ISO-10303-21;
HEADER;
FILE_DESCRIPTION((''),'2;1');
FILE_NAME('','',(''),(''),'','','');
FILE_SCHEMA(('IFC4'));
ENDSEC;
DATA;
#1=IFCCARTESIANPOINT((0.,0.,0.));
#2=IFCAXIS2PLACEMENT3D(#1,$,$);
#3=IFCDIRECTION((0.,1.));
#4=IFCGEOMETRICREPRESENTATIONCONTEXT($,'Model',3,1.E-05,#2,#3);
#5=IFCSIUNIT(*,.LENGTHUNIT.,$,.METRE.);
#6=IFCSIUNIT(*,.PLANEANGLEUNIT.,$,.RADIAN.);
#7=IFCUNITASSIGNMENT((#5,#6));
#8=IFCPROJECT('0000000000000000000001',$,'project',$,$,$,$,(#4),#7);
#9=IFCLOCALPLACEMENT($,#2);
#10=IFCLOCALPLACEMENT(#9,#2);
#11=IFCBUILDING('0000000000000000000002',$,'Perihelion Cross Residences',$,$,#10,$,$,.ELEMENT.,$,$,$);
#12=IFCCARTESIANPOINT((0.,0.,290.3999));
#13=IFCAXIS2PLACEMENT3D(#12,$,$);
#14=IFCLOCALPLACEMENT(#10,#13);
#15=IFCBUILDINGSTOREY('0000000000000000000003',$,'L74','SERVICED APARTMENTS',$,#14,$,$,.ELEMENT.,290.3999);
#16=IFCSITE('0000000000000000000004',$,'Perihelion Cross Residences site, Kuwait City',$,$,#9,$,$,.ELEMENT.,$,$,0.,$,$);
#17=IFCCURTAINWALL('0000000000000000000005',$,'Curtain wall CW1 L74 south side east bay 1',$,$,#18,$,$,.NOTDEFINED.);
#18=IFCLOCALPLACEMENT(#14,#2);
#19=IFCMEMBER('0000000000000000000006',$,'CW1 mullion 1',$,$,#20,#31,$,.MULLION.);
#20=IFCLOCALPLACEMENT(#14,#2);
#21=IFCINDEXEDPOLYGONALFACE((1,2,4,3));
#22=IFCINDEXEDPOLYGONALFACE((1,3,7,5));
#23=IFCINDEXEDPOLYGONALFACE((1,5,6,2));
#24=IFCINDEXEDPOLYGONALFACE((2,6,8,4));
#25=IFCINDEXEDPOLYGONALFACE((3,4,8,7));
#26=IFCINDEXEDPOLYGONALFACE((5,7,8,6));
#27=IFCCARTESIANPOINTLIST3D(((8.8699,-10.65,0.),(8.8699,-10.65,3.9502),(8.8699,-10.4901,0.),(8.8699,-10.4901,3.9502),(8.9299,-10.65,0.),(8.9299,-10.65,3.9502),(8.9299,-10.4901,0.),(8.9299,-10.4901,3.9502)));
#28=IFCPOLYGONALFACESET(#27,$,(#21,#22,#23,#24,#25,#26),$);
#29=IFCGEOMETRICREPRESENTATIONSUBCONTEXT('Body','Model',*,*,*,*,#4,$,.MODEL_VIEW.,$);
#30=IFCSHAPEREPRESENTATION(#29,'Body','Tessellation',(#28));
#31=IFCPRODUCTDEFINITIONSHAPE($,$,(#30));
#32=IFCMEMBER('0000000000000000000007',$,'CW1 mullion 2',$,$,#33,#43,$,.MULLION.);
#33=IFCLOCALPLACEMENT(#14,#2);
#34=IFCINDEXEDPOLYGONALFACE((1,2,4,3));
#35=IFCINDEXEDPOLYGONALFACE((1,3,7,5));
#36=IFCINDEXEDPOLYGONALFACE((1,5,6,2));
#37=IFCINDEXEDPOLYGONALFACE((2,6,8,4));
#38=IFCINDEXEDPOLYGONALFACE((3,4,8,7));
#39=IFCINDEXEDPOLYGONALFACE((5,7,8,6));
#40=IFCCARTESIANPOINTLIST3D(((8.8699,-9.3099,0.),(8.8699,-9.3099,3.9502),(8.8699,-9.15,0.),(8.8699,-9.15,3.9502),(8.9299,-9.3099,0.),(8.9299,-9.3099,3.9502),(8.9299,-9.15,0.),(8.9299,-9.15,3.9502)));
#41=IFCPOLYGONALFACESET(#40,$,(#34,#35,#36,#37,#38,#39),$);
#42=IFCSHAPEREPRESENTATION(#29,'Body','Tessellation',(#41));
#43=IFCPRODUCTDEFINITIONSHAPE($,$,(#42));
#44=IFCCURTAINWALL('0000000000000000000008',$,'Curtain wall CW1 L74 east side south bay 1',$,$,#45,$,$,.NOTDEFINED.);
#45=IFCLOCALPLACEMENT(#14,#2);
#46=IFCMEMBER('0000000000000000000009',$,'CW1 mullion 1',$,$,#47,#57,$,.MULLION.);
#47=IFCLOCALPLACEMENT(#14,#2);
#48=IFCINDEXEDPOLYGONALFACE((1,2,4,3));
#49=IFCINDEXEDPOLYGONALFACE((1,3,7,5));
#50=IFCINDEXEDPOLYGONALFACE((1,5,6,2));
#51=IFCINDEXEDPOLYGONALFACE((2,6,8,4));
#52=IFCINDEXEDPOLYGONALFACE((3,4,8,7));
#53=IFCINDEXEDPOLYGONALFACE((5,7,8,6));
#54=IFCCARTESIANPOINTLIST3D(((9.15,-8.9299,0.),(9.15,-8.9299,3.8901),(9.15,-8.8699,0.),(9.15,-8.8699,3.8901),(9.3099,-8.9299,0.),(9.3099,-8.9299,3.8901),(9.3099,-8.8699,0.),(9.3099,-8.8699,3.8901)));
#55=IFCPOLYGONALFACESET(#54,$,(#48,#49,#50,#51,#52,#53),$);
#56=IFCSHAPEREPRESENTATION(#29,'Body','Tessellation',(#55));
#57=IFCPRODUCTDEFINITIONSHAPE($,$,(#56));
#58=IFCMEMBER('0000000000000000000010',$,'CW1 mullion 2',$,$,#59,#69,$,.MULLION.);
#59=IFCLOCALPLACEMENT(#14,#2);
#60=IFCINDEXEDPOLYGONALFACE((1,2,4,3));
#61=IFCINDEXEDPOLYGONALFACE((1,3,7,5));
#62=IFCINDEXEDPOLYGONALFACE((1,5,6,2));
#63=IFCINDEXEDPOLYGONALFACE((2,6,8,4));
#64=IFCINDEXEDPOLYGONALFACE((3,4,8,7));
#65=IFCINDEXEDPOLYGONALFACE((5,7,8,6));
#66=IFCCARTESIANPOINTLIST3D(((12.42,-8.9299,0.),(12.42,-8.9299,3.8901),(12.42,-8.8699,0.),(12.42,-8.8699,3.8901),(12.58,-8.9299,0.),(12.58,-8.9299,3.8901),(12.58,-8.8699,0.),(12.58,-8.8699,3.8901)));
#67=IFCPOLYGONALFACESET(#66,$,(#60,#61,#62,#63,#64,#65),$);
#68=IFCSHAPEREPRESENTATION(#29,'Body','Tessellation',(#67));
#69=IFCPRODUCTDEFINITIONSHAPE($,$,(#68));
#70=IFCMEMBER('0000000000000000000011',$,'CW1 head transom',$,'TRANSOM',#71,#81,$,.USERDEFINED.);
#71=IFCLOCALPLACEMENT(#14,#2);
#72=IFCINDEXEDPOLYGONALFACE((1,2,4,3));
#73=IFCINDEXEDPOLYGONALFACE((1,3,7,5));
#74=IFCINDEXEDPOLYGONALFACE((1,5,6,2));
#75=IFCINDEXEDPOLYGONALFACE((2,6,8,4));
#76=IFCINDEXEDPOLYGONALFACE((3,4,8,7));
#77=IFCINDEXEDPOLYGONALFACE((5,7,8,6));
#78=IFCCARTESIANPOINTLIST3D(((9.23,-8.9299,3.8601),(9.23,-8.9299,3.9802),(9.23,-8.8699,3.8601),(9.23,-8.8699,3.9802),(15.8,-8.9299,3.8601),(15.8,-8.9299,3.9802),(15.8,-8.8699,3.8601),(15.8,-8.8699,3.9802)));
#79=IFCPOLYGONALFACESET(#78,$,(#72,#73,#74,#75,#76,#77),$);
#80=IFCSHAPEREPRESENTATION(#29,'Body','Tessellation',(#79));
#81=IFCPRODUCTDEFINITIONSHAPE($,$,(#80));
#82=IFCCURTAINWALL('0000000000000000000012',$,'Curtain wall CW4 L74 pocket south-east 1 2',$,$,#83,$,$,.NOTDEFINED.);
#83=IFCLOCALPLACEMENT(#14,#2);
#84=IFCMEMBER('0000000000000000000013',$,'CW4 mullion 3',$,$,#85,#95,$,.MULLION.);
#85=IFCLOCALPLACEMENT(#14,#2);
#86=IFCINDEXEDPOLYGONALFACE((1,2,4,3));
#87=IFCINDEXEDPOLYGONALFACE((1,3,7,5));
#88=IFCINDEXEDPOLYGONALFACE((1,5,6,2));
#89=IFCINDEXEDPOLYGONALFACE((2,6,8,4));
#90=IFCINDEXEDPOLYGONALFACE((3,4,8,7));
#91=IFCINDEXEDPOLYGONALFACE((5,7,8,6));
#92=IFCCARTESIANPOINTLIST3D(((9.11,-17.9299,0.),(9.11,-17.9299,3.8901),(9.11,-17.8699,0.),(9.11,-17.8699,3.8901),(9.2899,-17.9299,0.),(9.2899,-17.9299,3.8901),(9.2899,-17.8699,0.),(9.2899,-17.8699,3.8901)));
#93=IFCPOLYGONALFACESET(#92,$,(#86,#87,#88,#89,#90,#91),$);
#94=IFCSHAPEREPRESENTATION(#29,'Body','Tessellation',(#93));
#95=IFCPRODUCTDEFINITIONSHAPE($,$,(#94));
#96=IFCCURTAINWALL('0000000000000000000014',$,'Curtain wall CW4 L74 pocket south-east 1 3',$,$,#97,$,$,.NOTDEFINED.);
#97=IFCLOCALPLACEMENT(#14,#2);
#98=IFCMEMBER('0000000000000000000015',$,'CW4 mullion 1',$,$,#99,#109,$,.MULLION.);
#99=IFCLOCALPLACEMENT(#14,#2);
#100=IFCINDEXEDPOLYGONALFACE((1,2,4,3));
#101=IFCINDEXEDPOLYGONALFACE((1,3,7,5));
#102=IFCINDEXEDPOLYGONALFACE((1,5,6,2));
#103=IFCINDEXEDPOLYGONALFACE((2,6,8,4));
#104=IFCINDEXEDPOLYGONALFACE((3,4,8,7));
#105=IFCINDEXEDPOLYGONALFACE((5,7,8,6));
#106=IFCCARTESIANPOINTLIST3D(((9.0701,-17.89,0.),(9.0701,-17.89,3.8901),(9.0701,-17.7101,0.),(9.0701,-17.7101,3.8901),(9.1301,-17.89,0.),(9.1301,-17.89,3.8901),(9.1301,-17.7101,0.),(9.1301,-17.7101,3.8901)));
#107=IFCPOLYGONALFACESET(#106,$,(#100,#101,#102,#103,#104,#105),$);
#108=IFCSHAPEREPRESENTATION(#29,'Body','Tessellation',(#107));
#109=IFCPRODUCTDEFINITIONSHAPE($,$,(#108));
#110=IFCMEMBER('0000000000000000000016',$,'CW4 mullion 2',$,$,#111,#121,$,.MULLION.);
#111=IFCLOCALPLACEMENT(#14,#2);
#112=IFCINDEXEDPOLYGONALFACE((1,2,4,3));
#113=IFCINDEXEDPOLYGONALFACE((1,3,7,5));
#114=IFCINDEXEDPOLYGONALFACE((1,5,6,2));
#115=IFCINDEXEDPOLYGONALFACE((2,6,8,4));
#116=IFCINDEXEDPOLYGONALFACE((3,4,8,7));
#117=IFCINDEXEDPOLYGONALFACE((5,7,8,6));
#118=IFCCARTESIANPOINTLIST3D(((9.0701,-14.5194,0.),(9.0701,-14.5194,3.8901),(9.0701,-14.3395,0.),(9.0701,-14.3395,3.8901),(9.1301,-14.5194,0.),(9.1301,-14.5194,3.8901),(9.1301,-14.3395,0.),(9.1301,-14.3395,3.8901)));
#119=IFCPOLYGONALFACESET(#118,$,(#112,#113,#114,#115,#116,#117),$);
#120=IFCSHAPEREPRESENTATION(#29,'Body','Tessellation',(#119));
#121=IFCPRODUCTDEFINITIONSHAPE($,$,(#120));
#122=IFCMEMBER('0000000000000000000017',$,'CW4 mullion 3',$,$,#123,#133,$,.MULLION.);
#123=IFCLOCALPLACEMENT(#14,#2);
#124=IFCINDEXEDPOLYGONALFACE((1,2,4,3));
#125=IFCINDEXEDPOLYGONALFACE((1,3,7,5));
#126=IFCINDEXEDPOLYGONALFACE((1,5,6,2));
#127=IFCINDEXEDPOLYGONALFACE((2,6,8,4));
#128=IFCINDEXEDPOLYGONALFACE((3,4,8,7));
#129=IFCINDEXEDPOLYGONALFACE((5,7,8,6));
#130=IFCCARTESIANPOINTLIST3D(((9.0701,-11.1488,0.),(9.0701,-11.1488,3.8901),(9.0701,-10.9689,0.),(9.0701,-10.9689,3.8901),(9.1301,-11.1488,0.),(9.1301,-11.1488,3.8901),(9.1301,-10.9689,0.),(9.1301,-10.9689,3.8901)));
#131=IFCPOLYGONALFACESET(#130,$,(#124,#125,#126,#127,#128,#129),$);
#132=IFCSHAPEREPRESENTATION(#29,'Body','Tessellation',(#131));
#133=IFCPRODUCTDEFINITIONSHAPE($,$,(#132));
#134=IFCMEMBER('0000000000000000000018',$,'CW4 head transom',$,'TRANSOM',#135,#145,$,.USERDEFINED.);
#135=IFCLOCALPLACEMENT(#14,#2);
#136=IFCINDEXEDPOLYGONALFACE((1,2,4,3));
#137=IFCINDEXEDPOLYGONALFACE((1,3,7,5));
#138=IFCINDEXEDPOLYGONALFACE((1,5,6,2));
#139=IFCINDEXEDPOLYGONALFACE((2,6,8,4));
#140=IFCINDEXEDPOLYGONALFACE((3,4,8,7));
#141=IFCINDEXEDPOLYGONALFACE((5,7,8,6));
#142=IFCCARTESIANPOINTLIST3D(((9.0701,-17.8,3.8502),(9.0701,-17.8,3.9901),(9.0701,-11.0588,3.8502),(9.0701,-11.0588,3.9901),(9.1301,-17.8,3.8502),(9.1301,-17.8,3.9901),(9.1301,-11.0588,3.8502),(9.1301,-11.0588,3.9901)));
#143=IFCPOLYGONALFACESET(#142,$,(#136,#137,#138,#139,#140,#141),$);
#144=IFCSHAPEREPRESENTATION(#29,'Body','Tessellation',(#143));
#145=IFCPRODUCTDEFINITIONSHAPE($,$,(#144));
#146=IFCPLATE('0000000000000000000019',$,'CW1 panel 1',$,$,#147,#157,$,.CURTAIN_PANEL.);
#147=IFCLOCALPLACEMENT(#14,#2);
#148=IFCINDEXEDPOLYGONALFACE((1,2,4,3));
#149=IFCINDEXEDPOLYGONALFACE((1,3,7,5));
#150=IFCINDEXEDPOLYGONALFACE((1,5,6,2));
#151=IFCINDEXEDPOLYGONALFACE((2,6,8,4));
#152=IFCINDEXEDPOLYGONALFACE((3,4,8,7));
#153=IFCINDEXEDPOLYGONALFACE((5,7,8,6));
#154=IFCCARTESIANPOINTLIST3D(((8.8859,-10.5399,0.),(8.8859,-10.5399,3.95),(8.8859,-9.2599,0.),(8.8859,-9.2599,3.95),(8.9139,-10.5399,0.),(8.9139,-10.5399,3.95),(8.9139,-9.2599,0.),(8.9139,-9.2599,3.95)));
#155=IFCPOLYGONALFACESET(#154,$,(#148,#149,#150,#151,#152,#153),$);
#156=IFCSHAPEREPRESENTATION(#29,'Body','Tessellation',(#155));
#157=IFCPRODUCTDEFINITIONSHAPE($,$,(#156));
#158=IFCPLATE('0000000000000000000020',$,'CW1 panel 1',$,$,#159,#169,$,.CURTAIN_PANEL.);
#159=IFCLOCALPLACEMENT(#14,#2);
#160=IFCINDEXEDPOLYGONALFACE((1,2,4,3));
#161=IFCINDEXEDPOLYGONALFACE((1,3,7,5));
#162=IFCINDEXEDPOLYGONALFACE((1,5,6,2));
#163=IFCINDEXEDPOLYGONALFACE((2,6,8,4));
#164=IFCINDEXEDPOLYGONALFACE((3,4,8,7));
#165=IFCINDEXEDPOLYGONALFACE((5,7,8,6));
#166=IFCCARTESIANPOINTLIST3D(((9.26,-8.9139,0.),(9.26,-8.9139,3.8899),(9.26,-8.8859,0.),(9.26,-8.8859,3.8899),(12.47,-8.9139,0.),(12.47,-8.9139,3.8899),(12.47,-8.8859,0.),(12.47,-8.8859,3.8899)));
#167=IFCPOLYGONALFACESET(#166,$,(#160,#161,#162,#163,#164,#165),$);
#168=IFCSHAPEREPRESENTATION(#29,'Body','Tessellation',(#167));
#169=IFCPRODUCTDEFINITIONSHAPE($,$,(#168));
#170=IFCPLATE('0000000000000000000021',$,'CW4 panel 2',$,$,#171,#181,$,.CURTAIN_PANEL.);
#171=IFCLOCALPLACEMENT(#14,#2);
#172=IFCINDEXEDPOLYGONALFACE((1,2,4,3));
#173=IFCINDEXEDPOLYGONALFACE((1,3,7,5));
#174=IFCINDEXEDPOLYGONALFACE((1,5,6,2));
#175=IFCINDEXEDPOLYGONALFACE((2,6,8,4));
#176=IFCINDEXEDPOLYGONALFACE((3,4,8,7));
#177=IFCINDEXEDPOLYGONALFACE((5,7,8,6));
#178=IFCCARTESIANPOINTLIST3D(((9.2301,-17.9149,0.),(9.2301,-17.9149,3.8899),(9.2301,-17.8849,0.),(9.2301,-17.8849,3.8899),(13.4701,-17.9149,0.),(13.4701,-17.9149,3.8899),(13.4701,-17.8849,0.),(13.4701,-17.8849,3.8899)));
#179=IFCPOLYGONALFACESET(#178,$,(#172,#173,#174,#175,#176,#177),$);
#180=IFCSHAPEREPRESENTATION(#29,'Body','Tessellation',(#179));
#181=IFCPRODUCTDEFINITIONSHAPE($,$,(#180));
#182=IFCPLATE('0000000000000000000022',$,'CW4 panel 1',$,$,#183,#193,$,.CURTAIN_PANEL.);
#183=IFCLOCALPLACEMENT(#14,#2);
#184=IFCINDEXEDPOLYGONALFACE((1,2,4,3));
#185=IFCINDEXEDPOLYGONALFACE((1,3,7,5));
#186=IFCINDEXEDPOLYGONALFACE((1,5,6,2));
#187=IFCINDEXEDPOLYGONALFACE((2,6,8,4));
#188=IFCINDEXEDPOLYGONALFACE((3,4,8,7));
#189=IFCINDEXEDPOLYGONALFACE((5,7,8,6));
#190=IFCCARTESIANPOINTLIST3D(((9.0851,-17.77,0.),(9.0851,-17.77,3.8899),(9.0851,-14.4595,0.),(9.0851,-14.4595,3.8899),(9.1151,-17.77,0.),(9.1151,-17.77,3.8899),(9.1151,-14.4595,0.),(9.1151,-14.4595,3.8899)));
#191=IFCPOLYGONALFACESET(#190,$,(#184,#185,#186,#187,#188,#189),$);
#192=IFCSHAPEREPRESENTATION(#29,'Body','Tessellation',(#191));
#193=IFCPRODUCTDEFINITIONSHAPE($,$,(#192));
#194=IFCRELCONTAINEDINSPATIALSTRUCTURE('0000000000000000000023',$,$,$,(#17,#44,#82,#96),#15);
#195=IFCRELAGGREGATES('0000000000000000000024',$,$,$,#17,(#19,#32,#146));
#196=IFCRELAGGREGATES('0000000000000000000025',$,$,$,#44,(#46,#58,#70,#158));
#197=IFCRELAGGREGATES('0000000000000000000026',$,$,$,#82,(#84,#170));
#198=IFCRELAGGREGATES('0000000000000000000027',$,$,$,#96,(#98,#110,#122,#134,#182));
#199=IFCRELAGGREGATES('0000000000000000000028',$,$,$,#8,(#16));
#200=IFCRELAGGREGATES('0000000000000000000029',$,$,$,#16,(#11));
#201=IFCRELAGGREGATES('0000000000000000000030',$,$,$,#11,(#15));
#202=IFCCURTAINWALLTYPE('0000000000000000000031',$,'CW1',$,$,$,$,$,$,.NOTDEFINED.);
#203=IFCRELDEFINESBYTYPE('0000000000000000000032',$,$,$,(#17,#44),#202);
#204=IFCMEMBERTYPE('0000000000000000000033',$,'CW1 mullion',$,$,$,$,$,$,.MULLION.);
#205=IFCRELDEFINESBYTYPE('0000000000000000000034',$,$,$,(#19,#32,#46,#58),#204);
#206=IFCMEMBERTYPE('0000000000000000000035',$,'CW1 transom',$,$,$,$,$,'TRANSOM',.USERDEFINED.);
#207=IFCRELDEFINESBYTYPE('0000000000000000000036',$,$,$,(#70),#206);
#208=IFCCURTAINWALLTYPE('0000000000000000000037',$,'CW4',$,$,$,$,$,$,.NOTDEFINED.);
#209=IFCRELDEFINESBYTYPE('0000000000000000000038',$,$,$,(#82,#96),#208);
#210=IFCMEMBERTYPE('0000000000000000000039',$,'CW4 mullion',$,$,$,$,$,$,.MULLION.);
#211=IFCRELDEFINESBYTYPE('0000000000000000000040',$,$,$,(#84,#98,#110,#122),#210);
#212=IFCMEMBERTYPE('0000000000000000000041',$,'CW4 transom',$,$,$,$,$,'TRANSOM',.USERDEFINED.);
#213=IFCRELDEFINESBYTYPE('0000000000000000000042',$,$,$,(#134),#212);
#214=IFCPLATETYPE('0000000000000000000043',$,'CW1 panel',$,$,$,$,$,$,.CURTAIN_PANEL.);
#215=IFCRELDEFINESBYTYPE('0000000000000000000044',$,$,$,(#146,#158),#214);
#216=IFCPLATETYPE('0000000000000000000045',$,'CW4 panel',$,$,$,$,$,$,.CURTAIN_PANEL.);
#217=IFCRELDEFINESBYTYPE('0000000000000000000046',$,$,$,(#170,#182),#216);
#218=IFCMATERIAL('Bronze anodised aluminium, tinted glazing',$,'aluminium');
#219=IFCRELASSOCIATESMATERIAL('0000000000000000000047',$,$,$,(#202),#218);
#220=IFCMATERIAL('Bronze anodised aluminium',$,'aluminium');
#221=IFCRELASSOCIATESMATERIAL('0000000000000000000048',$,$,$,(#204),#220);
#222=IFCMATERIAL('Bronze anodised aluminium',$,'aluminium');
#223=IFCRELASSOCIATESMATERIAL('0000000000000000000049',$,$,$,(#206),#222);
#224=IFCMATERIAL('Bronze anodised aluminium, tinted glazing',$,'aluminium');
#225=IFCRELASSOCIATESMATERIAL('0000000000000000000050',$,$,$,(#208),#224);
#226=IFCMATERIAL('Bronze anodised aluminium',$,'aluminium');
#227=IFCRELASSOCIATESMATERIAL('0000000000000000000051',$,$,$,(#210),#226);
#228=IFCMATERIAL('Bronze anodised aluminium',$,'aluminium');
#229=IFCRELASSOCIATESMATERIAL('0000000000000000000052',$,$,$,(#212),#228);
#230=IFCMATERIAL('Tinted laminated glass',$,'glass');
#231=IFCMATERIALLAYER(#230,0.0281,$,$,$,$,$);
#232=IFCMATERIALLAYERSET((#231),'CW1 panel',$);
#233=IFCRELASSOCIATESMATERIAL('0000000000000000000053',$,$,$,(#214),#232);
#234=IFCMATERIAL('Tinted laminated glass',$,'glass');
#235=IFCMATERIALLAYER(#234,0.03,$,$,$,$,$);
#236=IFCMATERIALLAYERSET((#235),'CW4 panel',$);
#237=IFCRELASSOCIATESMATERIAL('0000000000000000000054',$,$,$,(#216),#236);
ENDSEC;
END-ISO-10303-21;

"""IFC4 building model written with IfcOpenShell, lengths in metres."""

from ifc_helpers import new_model, si_unit, direction, frame, origin, origin_2d, place, context, subcontext, project, spatial, rectangle, extrude, material, layer, layer_set, material_profile, profile_set, type_object, element, aggregate, save


model = new_model("IFC4")

# Units and contexts
model_context = context("Model", 3, precision=1e-05, world=origin(), true_north=direction((0.0, 1.0)))
body_context = subcontext(model_context, "Body", "Model", "MODEL_VIEW")
ifc_project = project(units=[si_unit("LENGTHUNIT", "METRE"), si_unit("PLANEANGLEUNIT", "RADIAN")], contexts=[model_context])

# Site, building, storey
site_placement = place(None, origin())
site = spatial("IfcSite", under=ifc_project, at=site_placement, Name="Perihelion Cross Residences site, Kuwait City", CompositionType="ELEMENT", RefElevation=0.0)
building_placement = place(site_placement, origin())
building = spatial("IfcBuilding", under=site, at=building_placement, Name="Perihelion Cross Residences", CompositionType="ELEMENT")
storey_placement = place(building_placement, frame((0.0, 0.0, 290.3999)))
storey = spatial("IfcBuildingStorey", under=building, at=storey_placement, Name="L74", Description="SERVICED APARTMENTS", CompositionType="ELEMENT", Elevation=290.3999)

# Curtain walls, members
ifc_material_1 = material(Name="Bronze anodised aluminium, tinted glazing", Category="aluminium")
curtain_wall_type_1 = type_object("IfcCurtainWallType", Name="CW1", PredefinedType="NOTDEFINED", material=ifc_material_1)
curtain_wall_1_placement = place(storey_placement, origin())
curtain_wall_1 = element("IfcCurtainWall", 1, at=curtain_wall_1_placement, inside=storey, type_object=curtain_wall_type_1, Name="Curtain wall CW1 L74 south side east bay 1", PredefinedType="NOTDEFINED")
ifc_material_2 = material(Name="Bronze anodised aluminium", Category="aluminium")
ifc_material_profile_1 = material_profile(ifc_material_2, rectangle(XDim=0.0601, YDim=0.1599, at=origin_2d()), Name="CW1 mullion")
ifc_profile_set_1 = profile_set([ifc_material_profile_1], Name="Bronze anodised aluminium")
member_type_1 = type_object("IfcMemberType", Name="CW1 mullion", PredefinedType="MULLION", material=ifc_profile_set_1)
member_1_placement = place(storey_placement, frame((8.8999, -10.5701, 0.0), z_axis=(0.0, 0.0, 1.0), x_axis=(-1.0, 0.0, 0.0)))
member_1 = element("IfcMember", 2, at=member_1_placement, type_object=member_type_1, Name="CW1 mullion 1", PredefinedType="MULLION", context=body_context, shape_type="SweptSolid", body=[
    extrude(rectangle(XDim=0.0601, YDim=0.1599, at=origin_2d()), origin(), (0.0, 0.0, 1.0), 3.9502),
])
member_2_placement = place(storey_placement, frame((8.8999, -9.23, 0.0), z_axis=(0.0, 0.0, 1.0), x_axis=(-1.0, 0.0, 0.0)))
member_2 = element("IfcMember", 3, at=member_2_placement, type_object=member_type_1, Name="CW1 mullion 2", PredefinedType="MULLION", context=body_context, shape_type="SweptSolid", body=[
    extrude(rectangle(XDim=0.0601, YDim=0.1599, at=origin_2d()), origin(), (0.0, 0.0, 1.0), 3.9502),
])
curtain_wall_2_placement = place(storey_placement, origin())
curtain_wall_2 = element("IfcCurtainWall", 4, at=curtain_wall_2_placement, inside=storey, type_object=curtain_wall_type_1, Name="Curtain wall CW1 L74 east side south bay 1", PredefinedType="NOTDEFINED")
member_3_placement = place(storey_placement, frame((9.23, -8.8999, 0.0), z_axis=(0.0, 0.0, 1.0), x_axis=(0.0, 1.0, 0.0)))
member_3 = element("IfcMember", 5, at=member_3_placement, type_object=member_type_1, Name="CW1 mullion 1", PredefinedType="MULLION", context=body_context, shape_type="SweptSolid", body=[
    extrude(rectangle(XDim=0.0601, YDim=0.1599, at=origin_2d()), origin(), (0.0, 0.0, 1.0), 3.8901),
])
member_4_placement = place(storey_placement, frame((12.5, -8.8999, 0.0), z_axis=(0.0, 0.0, 1.0), x_axis=(0.0, 1.0, 0.0)))
member_4 = element("IfcMember", 6, at=member_4_placement, type_object=member_type_1, Name="CW1 mullion 2", PredefinedType="MULLION", context=body_context, shape_type="SweptSolid", body=[
    extrude(rectangle(XDim=0.0601, YDim=0.1599, at=origin_2d()), origin(), (0.0, 0.0, 1.0), 3.8901),
])
ifc_material_3 = material(Name="Bronze anodised aluminium", Category="aluminium")
ifc_material_profile_2 = material_profile(ifc_material_3, rectangle(XDim=0.0601, YDim=0.1201, at=origin_2d()), Name="CW1 transom")
ifc_profile_set_2 = profile_set([ifc_material_profile_2], Name="Bronze anodised aluminium")
member_type_2 = type_object("IfcMemberType", Name="CW1 transom", ElementType="TRANSOM", PredefinedType="USERDEFINED", material=ifc_profile_set_2)
member_5_placement = place(storey_placement, frame((9.23, -8.8999, 3.9202), z_axis=(1.0, 0.0, 0.0), x_axis=(0.0, 1.0, 0.0)))
member_5 = element("IfcMember", 7, at=member_5_placement, type_object=member_type_2, Name="CW1 head transom", ObjectType="TRANSOM", PredefinedType="USERDEFINED", context=body_context, shape_type="SweptSolid", body=[
    extrude(rectangle(XDim=0.0601, YDim=0.1201, at=origin_2d()), origin(), (0.0, 0.0, 1.0), 6.5701),
])

# Curtain wall, member
ifc_material_4 = material(Name="Bronze anodised aluminium, tinted glazing", Category="aluminium")
curtain_wall_type_2 = type_object("IfcCurtainWallType", Name="CW4", PredefinedType="NOTDEFINED", material=ifc_material_4)
curtain_wall_3_placement = place(storey_placement, origin())
curtain_wall_3 = element("IfcCurtainWall", 8, at=curtain_wall_3_placement, inside=storey, type_object=curtain_wall_type_2, Name="Curtain wall CW4 L74 pocket south-east 1 2", PredefinedType="NOTDEFINED")
ifc_material_5 = material(Name="Bronze anodised aluminium", Category="aluminium")
ifc_material_profile_3 = material_profile(ifc_material_5, rectangle(XDim=0.0601, YDim=0.1799, at=origin_2d()), Name="CW4 mullion")
ifc_profile_set_3 = profile_set([ifc_material_profile_3], Name="Bronze anodised aluminium")
member_type_3 = type_object("IfcMemberType", Name="CW4 mullion", PredefinedType="MULLION", material=ifc_profile_set_3)
member_6_placement = place(storey_placement, frame((9.2, -17.8999, 0.0), z_axis=(0.0, 0.0, 1.0), x_axis=(0.0, -1.0, 0.0)))
member_6 = element("IfcMember", 9, at=member_6_placement, type_object=member_type_3, Name="CW4 mullion 3", PredefinedType="MULLION", context=body_context, shape_type="SweptSolid", body=[
    extrude(rectangle(XDim=0.0601, YDim=0.1799, at=origin_2d()), origin(), (0.0, 0.0, 1.0), 3.8901),
])

# Curtain wall, members
curtain_wall_4_placement = place(storey_placement, origin())
curtain_wall_4 = element("IfcCurtainWall", 10, at=curtain_wall_4_placement, inside=storey, type_object=curtain_wall_type_2, Name="Curtain wall CW4 L74 pocket south-east 1 3", PredefinedType="NOTDEFINED")
member_7_placement = place(storey_placement, frame((9.1001, -17.8, 0.0), z_axis=(0.0, 0.0, 1.0), x_axis=(-1.0, 0.0, 0.0)))
member_7 = element("IfcMember", 11, at=member_7_placement, type_object=member_type_3, Name="CW4 mullion 1", PredefinedType="MULLION", context=body_context, shape_type="SweptSolid", body=[
    extrude(rectangle(XDim=0.0601, YDim=0.1799, at=origin_2d()), origin(), (0.0, 0.0, 1.0), 3.8901),
])
member_8_placement = place(storey_placement, frame((9.1001, -14.4294, 0.0), z_axis=(0.0, 0.0, 1.0), x_axis=(-1.0, 0.0, 0.0)))
member_8 = element("IfcMember", 12, at=member_8_placement, type_object=member_type_3, Name="CW4 mullion 2", PredefinedType="MULLION", context=body_context, shape_type="SweptSolid", body=[
    extrude(rectangle(XDim=0.0601, YDim=0.1799, at=origin_2d()), origin(), (0.0, 0.0, 1.0), 3.8901),
])
member_9_placement = place(storey_placement, frame((9.1001, -11.0588, 0.0), z_axis=(0.0, 0.0, 1.0), x_axis=(-1.0, 0.0, 0.0)))
member_9 = element("IfcMember", 13, at=member_9_placement, type_object=member_type_3, Name="CW4 mullion 3", PredefinedType="MULLION", context=body_context, shape_type="SweptSolid", body=[
    extrude(rectangle(XDim=0.0601, YDim=0.1799, at=origin_2d()), origin(), (0.0, 0.0, 1.0), 3.8901),
])
ifc_material_6 = material(Name="Bronze anodised aluminium", Category="aluminium")
ifc_material_profile_4 = material_profile(ifc_material_6, rectangle(XDim=0.0601, YDim=0.1399, at=origin_2d()), Name="CW4 transom")
ifc_profile_set_4 = profile_set([ifc_material_profile_4], Name="Bronze anodised aluminium")
member_type_4 = type_object("IfcMemberType", Name="CW4 transom", ElementType="TRANSOM", PredefinedType="USERDEFINED", material=ifc_profile_set_4)
member_10_placement = place(storey_placement, frame((9.1001, -17.8, 3.9202), z_axis=(0.0, 1.0, 0.0), x_axis=(-1.0, 0.0, 0.0)))
member_10 = element("IfcMember", 14, at=member_10_placement, type_object=member_type_4, Name="CW4 head transom", ObjectType="TRANSOM", PredefinedType="USERDEFINED", context=body_context, shape_type="SweptSolid", body=[
    extrude(rectangle(XDim=0.0601, YDim=0.1399, at=origin_2d()), origin(), (0.0, 0.0, 1.0), 6.7412),
])

# Plates
ifc_material_7 = material(Name="Tinted laminated glass", Category="glass")
ifc_layer_1 = layer(ifc_material_7, 0.0281)
ifc_layer_set_1 = layer_set([ifc_layer_1], Name="CW1 panel")
plate_type_1 = type_object("IfcPlateType", Name="CW1 panel", PredefinedType="CURTAIN_PANEL", material=ifc_layer_set_1)
plate_1_placement = place(storey_placement, frame((8.8999, -9.8999, 0.0), z_axis=(0.0, 0.0, 1.0), x_axis=(0.0, 1.0, 0.0)))
plate_1 = element("IfcPlate", 15, at=plate_1_placement, type_object=plate_type_1, Name="CW1 panel 1", PredefinedType="CURTAIN_PANEL", context=body_context, shape_type="SweptSolid", body=[
    extrude(rectangle(XDim=1.28, YDim=0.0281, at=origin_2d()), origin(), (0.0, 0.0, 1.0), 3.95),
])
aggregate(curtain_wall_1, [member_1, member_2, plate_1])
plate_2_placement = place(storey_placement, frame((10.865, -8.8999, 0.0), z_axis=(0.0, 0.0, 1.0), x_axis=(1.0, 0.0, 0.0)))
plate_2 = element("IfcPlate", 16, at=plate_2_placement, type_object=plate_type_1, Name="CW1 panel 1", PredefinedType="CURTAIN_PANEL", context=body_context, shape_type="SweptSolid", body=[
    extrude(rectangle(XDim=3.21, YDim=0.0281, at=origin_2d()), origin(), (0.0, 0.0, 1.0), 3.8899),
])
aggregate(curtain_wall_2, [member_3, member_4, member_5, plate_2])
ifc_material_8 = material(Name="Tinted laminated glass", Category="glass")
ifc_layer_2 = layer(ifc_material_8, 0.03)
ifc_layer_set_2 = layer_set([ifc_layer_2], Name="CW4 panel")
plate_type_2 = type_object("IfcPlateType", Name="CW4 panel", PredefinedType="CURTAIN_PANEL", material=ifc_layer_set_2)
plate_3_placement = place(storey_placement, frame((11.3501, -17.8999, 0.0), z_axis=(0.0, 0.0, 1.0), x_axis=(-1.0, 0.0, 0.0)))
plate_3 = element("IfcPlate", 17, at=plate_3_placement, type_object=plate_type_2, Name="CW4 panel 2", PredefinedType="CURTAIN_PANEL", context=body_context, shape_type="SweptSolid", body=[
    extrude(rectangle(XDim=4.24, YDim=0.03, at=origin_2d()), origin(), (0.0, 0.0, 1.0), 3.8899),
])
aggregate(curtain_wall_3, [member_6, plate_3])
plate_4_placement = place(storey_placement, frame((9.1001, -16.1147, 0.0), z_axis=(0.0, 0.0, 1.0), x_axis=(0.0, 1.0, 0.0)))
plate_4 = element("IfcPlate", 18, at=plate_4_placement, type_object=plate_type_2, Name="CW4 panel 1", PredefinedType="CURTAIN_PANEL", context=body_context, shape_type="SweptSolid", body=[
    extrude(rectangle(XDim=3.3105, YDim=0.03, at=origin_2d()), origin(), (0.0, 0.0, 1.0), 3.8899),
])
aggregate(curtain_wall_4, [member_7, member_8, member_9, member_10, plate_4])

save(model, "model.ifc")
